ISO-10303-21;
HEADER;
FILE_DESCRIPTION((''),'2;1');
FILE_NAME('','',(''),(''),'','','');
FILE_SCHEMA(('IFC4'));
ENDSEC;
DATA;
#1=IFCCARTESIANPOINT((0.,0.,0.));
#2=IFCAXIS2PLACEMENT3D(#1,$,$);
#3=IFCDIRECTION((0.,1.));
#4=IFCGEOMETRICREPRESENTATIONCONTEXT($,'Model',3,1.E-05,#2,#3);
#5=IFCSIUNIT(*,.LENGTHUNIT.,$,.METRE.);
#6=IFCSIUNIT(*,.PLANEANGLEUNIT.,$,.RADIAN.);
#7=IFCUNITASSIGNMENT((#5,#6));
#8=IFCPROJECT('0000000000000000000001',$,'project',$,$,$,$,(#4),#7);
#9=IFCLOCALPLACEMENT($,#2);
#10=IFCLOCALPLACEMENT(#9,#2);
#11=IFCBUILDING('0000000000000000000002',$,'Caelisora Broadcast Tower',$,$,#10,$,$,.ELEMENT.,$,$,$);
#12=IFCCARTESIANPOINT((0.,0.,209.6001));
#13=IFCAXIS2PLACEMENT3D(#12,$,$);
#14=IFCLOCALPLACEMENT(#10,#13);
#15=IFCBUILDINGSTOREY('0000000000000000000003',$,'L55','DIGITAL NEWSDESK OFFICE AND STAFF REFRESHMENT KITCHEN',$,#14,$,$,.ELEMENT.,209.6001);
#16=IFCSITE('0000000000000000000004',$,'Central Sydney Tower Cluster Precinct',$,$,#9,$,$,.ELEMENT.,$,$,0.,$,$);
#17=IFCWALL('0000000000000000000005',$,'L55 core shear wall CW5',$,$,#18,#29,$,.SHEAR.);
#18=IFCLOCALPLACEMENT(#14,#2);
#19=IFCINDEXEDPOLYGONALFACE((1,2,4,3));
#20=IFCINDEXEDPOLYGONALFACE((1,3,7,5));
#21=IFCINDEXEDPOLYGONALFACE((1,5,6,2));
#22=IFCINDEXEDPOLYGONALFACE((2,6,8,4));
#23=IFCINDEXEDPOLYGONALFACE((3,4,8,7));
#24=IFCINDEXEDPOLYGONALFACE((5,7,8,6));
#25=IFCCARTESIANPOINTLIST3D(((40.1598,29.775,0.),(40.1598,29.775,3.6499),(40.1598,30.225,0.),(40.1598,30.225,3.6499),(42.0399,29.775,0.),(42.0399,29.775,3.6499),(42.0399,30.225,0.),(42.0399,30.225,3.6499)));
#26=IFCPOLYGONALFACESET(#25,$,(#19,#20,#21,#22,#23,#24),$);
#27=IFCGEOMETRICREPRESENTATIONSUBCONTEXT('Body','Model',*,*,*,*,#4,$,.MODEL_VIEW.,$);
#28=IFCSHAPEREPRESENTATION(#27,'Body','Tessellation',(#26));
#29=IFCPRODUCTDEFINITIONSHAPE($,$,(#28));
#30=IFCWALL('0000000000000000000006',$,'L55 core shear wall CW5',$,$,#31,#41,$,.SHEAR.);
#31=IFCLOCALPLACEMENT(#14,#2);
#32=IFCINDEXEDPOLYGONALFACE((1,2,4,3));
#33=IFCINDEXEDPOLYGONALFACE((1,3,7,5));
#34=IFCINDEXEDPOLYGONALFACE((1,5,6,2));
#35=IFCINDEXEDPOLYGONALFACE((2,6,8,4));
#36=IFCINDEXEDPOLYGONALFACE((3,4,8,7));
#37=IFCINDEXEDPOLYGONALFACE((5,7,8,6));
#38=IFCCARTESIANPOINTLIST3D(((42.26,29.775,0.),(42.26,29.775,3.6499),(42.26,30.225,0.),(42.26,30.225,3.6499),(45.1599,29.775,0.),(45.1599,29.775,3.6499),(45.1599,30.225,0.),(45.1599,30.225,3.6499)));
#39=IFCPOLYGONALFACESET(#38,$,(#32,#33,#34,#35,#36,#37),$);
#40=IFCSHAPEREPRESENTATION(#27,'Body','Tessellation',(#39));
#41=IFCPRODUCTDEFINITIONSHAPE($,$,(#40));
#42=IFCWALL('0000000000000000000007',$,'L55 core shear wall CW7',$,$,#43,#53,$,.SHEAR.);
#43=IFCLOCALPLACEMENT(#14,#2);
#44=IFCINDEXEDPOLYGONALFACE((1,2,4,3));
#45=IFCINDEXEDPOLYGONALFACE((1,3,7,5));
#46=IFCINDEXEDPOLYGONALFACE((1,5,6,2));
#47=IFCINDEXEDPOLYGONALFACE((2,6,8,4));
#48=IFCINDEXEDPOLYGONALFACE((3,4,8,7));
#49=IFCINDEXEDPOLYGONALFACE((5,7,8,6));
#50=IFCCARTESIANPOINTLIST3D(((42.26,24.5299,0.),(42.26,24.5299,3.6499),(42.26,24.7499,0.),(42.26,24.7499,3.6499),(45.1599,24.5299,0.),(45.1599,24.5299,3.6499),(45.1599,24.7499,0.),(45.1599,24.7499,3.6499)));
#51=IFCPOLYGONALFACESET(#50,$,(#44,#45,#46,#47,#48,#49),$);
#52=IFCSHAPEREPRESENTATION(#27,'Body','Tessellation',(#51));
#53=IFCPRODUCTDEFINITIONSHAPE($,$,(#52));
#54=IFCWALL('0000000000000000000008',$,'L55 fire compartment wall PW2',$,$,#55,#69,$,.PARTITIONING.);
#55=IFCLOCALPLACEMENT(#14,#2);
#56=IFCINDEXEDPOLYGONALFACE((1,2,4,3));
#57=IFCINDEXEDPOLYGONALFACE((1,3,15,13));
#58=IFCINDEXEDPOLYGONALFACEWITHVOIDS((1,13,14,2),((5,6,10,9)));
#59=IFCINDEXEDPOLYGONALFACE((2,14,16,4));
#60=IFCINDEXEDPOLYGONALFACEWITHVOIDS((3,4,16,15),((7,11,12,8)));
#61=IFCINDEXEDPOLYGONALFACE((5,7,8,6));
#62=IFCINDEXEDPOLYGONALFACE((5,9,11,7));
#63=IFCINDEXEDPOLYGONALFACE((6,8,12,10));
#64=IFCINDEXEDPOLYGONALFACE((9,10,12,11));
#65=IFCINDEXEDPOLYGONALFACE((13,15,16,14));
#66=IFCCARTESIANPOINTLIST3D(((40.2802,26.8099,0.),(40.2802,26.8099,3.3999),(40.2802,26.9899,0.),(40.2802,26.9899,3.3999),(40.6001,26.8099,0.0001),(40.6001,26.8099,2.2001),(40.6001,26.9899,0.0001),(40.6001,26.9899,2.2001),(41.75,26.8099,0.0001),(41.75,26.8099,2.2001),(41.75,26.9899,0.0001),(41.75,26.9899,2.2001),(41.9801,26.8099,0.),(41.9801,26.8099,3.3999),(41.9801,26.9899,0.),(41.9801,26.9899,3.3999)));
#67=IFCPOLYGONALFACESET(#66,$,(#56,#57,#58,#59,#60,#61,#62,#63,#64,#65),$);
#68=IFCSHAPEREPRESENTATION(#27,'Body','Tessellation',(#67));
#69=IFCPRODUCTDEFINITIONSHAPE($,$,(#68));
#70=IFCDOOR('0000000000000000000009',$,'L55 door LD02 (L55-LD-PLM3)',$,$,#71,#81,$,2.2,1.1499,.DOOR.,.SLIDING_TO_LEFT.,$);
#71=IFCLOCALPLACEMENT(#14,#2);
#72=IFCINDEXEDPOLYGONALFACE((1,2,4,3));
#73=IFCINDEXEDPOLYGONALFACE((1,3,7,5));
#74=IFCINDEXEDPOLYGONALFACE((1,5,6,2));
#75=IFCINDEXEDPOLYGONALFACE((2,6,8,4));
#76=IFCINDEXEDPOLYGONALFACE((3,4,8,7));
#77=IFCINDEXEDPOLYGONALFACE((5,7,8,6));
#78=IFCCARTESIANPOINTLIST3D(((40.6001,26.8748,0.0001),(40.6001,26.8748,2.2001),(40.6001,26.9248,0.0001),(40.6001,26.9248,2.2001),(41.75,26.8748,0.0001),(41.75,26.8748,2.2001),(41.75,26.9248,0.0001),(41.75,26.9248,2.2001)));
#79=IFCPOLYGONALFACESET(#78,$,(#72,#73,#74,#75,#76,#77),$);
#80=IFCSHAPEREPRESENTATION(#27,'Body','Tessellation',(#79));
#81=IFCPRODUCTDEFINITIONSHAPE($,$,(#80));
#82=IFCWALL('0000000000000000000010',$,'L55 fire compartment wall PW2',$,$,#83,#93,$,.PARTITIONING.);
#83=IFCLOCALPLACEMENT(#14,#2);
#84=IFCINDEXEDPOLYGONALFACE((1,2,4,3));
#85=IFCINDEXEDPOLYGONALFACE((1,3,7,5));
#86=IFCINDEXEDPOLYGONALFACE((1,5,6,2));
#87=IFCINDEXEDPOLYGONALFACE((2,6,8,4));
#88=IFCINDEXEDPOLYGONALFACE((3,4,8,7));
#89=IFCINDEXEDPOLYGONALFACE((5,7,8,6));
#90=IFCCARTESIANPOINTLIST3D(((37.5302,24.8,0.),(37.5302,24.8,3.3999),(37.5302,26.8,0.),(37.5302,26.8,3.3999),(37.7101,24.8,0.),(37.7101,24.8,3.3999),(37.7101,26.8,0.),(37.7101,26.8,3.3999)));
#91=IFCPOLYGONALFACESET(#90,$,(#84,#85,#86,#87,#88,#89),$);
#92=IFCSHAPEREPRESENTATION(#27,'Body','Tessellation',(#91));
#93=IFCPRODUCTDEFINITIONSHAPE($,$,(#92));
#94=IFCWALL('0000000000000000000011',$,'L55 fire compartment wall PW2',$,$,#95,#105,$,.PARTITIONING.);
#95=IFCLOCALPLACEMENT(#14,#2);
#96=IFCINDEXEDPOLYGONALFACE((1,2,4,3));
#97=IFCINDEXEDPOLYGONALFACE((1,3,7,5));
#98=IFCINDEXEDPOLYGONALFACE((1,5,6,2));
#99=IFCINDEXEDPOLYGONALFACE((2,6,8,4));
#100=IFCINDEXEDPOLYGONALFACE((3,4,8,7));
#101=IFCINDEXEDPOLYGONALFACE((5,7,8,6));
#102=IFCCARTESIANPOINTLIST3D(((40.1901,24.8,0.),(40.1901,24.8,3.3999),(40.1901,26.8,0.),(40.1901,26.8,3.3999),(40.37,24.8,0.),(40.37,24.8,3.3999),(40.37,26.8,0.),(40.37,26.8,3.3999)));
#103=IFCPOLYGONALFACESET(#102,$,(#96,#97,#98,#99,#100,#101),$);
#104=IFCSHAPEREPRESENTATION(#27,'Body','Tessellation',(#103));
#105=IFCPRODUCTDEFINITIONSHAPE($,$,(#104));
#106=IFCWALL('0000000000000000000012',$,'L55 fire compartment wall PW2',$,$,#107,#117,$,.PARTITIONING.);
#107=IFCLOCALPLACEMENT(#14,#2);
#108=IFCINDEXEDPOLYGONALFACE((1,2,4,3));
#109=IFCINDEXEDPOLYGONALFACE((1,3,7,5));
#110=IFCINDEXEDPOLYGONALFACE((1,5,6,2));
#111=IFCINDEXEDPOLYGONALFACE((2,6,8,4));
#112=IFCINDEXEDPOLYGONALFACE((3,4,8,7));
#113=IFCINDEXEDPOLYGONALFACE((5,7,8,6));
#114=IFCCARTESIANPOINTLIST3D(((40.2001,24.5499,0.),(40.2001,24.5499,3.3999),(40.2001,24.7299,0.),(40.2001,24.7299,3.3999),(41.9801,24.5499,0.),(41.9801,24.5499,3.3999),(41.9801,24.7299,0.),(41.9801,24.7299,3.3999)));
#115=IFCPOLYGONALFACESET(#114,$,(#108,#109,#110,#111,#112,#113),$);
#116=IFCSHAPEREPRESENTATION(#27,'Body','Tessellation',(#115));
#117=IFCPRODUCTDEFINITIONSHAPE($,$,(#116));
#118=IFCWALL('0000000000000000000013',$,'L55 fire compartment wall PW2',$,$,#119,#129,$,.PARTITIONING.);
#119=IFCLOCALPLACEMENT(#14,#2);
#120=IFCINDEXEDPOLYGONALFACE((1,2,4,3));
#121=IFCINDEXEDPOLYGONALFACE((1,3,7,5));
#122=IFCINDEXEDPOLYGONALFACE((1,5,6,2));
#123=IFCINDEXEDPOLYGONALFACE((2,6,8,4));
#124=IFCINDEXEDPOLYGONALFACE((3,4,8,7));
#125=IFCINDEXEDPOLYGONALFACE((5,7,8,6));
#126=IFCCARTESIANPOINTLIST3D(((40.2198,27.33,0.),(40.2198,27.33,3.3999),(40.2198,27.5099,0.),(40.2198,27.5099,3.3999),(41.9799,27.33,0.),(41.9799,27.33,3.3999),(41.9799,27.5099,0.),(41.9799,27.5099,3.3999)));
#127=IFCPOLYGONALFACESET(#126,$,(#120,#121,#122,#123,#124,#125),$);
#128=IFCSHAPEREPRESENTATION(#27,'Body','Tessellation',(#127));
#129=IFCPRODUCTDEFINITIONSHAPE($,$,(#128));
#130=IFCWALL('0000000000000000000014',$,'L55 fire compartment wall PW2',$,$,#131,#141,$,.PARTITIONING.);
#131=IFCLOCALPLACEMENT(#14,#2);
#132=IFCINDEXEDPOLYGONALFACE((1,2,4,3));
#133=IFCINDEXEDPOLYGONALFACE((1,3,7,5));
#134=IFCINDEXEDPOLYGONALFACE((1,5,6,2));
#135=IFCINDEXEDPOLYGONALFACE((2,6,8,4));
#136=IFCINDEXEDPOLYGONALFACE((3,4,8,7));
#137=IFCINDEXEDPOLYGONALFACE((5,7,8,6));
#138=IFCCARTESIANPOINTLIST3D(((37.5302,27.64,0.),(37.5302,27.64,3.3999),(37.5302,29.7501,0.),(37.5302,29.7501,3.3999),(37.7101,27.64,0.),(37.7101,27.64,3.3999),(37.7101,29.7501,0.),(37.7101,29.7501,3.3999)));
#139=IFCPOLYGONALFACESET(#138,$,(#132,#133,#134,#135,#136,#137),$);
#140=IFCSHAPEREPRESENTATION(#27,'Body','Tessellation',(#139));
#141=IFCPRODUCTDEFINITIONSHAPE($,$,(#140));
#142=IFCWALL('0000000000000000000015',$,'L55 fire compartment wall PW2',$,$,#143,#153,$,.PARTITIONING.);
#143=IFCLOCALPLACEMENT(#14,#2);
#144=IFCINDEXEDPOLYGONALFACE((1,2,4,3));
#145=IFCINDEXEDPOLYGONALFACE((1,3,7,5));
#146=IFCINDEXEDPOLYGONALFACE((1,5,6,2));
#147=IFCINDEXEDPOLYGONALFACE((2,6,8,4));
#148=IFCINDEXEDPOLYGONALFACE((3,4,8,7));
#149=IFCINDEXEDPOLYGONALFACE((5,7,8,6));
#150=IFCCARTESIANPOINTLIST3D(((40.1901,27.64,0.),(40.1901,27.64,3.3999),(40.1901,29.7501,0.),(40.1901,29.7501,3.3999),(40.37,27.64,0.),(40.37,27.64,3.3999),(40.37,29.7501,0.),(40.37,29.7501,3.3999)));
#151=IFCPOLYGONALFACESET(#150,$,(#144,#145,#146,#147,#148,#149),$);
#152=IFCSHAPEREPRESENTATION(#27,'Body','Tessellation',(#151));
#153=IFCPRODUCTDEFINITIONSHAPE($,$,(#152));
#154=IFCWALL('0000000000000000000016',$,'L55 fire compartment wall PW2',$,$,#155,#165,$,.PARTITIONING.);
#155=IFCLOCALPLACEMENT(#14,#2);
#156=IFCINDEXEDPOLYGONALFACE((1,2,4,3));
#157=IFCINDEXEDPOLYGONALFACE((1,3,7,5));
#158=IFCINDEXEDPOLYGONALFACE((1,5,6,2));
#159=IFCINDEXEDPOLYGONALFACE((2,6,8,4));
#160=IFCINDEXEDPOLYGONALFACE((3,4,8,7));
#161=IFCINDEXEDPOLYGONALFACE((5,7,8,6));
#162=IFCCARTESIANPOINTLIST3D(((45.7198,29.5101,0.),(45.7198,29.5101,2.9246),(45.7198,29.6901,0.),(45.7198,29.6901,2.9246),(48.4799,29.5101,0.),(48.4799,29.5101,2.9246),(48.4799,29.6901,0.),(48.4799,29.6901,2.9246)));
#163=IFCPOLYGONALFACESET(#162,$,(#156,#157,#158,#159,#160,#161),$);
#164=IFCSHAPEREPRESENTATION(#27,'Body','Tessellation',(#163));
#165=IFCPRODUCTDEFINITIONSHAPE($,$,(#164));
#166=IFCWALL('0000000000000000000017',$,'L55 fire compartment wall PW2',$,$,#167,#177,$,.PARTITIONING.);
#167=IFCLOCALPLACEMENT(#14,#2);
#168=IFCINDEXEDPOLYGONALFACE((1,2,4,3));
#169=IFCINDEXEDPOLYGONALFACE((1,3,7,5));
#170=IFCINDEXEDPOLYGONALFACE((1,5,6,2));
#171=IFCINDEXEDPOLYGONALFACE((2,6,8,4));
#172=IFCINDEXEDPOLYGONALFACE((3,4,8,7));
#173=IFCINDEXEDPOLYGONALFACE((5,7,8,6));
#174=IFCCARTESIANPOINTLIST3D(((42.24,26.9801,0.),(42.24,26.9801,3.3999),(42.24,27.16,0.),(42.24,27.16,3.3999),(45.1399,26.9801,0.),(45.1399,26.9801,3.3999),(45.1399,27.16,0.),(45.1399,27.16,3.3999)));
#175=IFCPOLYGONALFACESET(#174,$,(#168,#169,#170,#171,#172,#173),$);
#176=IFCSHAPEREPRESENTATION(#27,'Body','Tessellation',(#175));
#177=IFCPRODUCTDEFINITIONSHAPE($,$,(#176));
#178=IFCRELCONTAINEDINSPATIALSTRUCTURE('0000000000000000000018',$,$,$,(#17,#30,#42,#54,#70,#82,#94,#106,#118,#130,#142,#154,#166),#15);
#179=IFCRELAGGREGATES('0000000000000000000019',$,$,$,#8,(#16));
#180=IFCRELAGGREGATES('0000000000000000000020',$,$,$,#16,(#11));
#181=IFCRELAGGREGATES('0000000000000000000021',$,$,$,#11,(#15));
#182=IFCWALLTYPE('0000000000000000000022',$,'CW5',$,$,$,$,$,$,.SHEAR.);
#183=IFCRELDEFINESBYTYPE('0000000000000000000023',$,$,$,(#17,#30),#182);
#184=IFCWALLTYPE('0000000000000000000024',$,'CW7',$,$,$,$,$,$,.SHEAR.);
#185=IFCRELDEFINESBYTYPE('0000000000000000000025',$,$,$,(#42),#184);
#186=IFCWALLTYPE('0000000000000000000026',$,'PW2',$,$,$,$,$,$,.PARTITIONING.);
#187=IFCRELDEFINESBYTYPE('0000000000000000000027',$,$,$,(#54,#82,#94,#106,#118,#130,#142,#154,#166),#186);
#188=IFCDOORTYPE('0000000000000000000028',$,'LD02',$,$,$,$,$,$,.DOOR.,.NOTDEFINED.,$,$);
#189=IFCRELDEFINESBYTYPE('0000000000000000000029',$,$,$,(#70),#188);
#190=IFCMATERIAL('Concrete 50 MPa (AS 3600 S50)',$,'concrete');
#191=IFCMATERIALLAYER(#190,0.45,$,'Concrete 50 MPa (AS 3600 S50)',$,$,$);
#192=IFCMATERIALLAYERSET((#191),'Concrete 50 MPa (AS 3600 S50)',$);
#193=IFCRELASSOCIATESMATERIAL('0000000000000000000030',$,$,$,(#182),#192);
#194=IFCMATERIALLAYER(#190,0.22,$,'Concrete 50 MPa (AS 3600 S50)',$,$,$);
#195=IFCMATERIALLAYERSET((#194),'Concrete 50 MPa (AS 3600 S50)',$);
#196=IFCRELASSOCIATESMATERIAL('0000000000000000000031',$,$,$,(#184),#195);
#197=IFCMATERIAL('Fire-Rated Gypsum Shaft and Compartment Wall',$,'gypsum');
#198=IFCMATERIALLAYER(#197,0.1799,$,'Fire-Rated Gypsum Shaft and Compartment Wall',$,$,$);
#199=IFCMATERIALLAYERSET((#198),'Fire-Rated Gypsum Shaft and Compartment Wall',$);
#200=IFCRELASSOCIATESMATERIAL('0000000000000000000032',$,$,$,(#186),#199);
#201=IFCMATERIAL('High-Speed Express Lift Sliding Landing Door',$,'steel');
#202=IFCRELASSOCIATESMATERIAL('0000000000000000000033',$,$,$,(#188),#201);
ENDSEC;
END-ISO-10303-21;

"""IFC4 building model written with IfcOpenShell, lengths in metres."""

from ifc_helpers import new_model, si_unit, direction, frame, frame_2d, origin, place, context, subcontext, project, spatial, rectangle, extrude, material, layer, layer_set, type_object, element, fill, save


model = new_model("IFC4")

# Units and contexts
model_context = context("Model", 3, precision=1e-05, world=origin(), true_north=direction((0.0, 1.0)))
body_context = subcontext(model_context, "Body", "Model", "MODEL_VIEW")
ifc_project = project(units=[si_unit("LENGTHUNIT", "METRE"), si_unit("PLANEANGLEUNIT", "RADIAN")], contexts=[model_context])

# Site, building, storey
site_placement = place(None, origin())
site = spatial("IfcSite", under=ifc_project, at=site_placement, Name="Central Sydney Tower Cluster Precinct", CompositionType="ELEMENT", RefElevation=0.0)
building_placement = place(site_placement, origin())
building = spatial("IfcBuilding", under=site, at=building_placement, Name="Caelisora Broadcast Tower", CompositionType="ELEMENT")
storey_placement = place(building_placement, frame((0.0, 0.0, 209.6001)))
storey = spatial("IfcBuildingStorey", under=building, at=storey_placement, Name="L55", Description="DIGITAL NEWSDESK OFFICE AND STAFF REFRESHMENT KITCHEN", CompositionType="ELEMENT", Elevation=209.6001)

# Shared definitions
ifc_material_1 = material(Name="Concrete 50 MPa (AS 3600 S50)", Category="concrete")

# Walls
ifc_layer_1 = layer(ifc_material_1, 0.45, Name="Concrete 50 MPa (AS 3600 S50)")
ifc_layer_set_1 = layer_set([ifc_layer_1], Name="Concrete 50 MPa (AS 3600 S50)")
wall_type_1 = type_object("IfcWallType", Name="CW5", PredefinedType="SHEAR", material=ifc_layer_set_1)
wall_1_placement = place(storey_placement, frame((40.1599, 30.0, 0.0), z_axis=(0.0, 0.0, 1.0), x_axis=(1.0, 0.0, 0.0)))
element("IfcWall", 1, at=wall_1_placement, inside=storey, type_object=wall_type_1, Name="L55 core shear wall CW5", PredefinedType="SHEAR", context=body_context, shape_type="SweptSolid", body=[
    extrude(rectangle(XDim=1.8801, YDim=0.45, at=frame_2d((0.9399, 0.0))), origin(), (0.0, 0.0, 1.0), 3.6499),
])
wall_2_placement = place(storey_placement, frame((42.26, 30.0, 0.0), z_axis=(0.0, 0.0, 1.0), x_axis=(1.0, 0.0, 0.0)))
element("IfcWall", 2, at=wall_2_placement, inside=storey, type_object=wall_type_1, Name="L55 core shear wall CW5", PredefinedType="SHEAR", context=body_context, shape_type="SweptSolid", body=[
    extrude(rectangle(XDim=2.8999, YDim=0.45, at=frame_2d((1.45, 0.0))), origin(), (0.0, 0.0, 1.0), 3.6499),
])
ifc_layer_2 = layer(ifc_material_1, 0.22, Name="Concrete 50 MPa (AS 3600 S50)")
ifc_layer_set_2 = layer_set([ifc_layer_2], Name="Concrete 50 MPa (AS 3600 S50)")
wall_type_2 = type_object("IfcWallType", Name="CW7", PredefinedType="SHEAR", material=ifc_layer_set_2)
wall_3_placement = place(storey_placement, frame((42.26, 24.6399, 0.0), z_axis=(0.0, 0.0, 1.0), x_axis=(1.0, 0.0, 0.0)))
element("IfcWall", 3, at=wall_3_placement, inside=storey, type_object=wall_type_2, Name="L55 core shear wall CW7", PredefinedType="SHEAR", context=body_context, shape_type="SweptSolid", body=[
    extrude(rectangle(XDim=2.8999, YDim=0.22, at=frame_2d((1.45, 0.0))), origin(), (0.0, 0.0, 1.0), 3.6499),
])

# Wall, opening, door
ifc_material_2 = material(Name="Fire-Rated Gypsum Shaft and Compartment Wall", Category="gypsum")
ifc_layer_3 = layer(ifc_material_2, 0.1799, Name="Fire-Rated Gypsum Shaft and Compartment Wall")
ifc_layer_set_3 = layer_set([ifc_layer_3], Name="Fire-Rated Gypsum Shaft and Compartment Wall")
wall_type_3 = type_object("IfcWallType", Name="PW2", PredefinedType="PARTITIONING", material=ifc_layer_set_3)
wall_4_placement = place(storey_placement, frame((40.28, 26.8999, 0.0), z_axis=(0.0, 0.0, 1.0), x_axis=(1.0, 0.0, 0.0)))
wall_4 = element("IfcWall", 4, at=wall_4_placement, inside=storey, type_object=wall_type_3, Name="L55 fire compartment wall PW2", PredefinedType="PARTITIONING", context=body_context, shape_type="SweptSolid", body=[
    extrude(rectangle(XDim=1.7, YDim=0.1799, at=frame_2d((0.8501, 0.0))), origin(), (0.0, 0.0, 1.0), 3.3999),
])
opening_placement = place(wall_4_placement, frame((0.3201, 0.0, 0.0)))
opening = element("IfcOpeningElement", 5, at=opening_placement, cuts=wall_4, PredefinedType="OPENING", context=body_context, shape_type="SweptSolid", body=[
    extrude(rectangle(XDim=1.1499, YDim=2.2, at=frame_2d((0.575, 1.1001))), frame((0.0, 0.1021, 0.0), z_axis=(0.0, -1.0, 0.0), x_axis=(1.0, 0.0, 0.0)), (0.0, 0.0, 1.0), 0.2039),
])
ifc_material_3 = material(Name="High-Speed Express Lift Sliding Landing Door", Category="steel")
door_type = type_object("IfcDoorType", Name="LD02", OperationType="NOTDEFINED", PredefinedType="DOOR", material=ifc_material_3)
door_placement = place(opening_placement, origin())
door = element("IfcDoor", 6, at=door_placement, inside=storey, type_object=door_type, Name="L55 door LD02 (L55-LD-PLM3)", OperationType="SLIDING_TO_LEFT", OverallHeight=2.2, OverallWidth=1.1499, PredefinedType="DOOR", context=body_context, shape_type="SweptSolid", body=[
    extrude(rectangle(XDim=1.1499, YDim=2.2, at=frame_2d((0.575, 1.1001))), frame((0.0, 0.0249, 0.0), z_axis=(0.0, -1.0, 0.0), x_axis=(1.0, 0.0, 0.0)), (0.0, 0.0, 1.0), 0.05),
])
fill(opening, door)

# Walls
for number, where, z_axis, x_axis, name in (
    (7, (37.6201, 24.8, 0.0), (0.0, 0.0, 1.0), (0.0, 1.0, 0.0), "L55 fire compartment wall PW2"),
    (8, (40.28, 24.8, 0.0), (0.0, 0.0, 1.0), (0.0, 1.0, 0.0), "L55 fire compartment wall PW2"),
):
    element("IfcWall", number, at=place(storey_placement, frame(where, z_axis=z_axis, x_axis=x_axis)), inside=storey, type_object=wall_type_3, Name=name, PredefinedType="PARTITIONING", context=body_context, shape_type="SweptSolid", body=[
        extrude(rectangle(XDim=2.0, YDim=0.1799, at=frame_2d((1.0, 0.0))), origin(), (0.0, 0.0, 1.0), 3.3999),
    ])
wall_5_placement = place(storey_placement, frame((40.2, 24.6399, 0.0), z_axis=(0.0, 0.0, 1.0), x_axis=(1.0, 0.0, 0.0)))
element("IfcWall", 9, at=wall_5_placement, inside=storey, type_object=wall_type_3, Name="L55 fire compartment wall PW2", PredefinedType="PARTITIONING", context=body_context, shape_type="SweptSolid", body=[
    extrude(rectangle(XDim=1.78, YDim=0.1799, at=frame_2d((0.8901, 0.0))), origin(), (0.0, 0.0, 1.0), 3.3999),
])
wall_6_placement = place(storey_placement, frame((40.22, 27.4199, 0.0), z_axis=(0.0, 0.0, 1.0), x_axis=(1.0, 0.0, 0.0)))
element("IfcWall", 10, at=wall_6_placement, inside=storey, type_object=wall_type_3, Name="L55 fire compartment wall PW2", PredefinedType="PARTITIONING", context=body_context, shape_type="SweptSolid", body=[
    extrude(rectangle(XDim=1.76, YDim=0.1799, at=frame_2d((0.8799, 0.0))), origin(), (0.0, 0.0, 1.0), 3.3999),
])
for number, where, z_axis, x_axis, name in (
    (11, (37.6201, 27.6399, 0.0), (0.0, 0.0, 1.0), (0.0, 1.0, 0.0), "L55 fire compartment wall PW2"),
    (12, (40.28, 27.6399, 0.0), (0.0, 0.0, 1.0), (0.0, 1.0, 0.0), "L55 fire compartment wall PW2"),
):
    element("IfcWall", number, at=place(storey_placement, frame(where, z_axis=z_axis, x_axis=x_axis)), inside=storey, type_object=wall_type_3, Name=name, PredefinedType="PARTITIONING", context=body_context, shape_type="SweptSolid", body=[
        extrude(rectangle(XDim=2.1101, YDim=0.1799, at=frame_2d((1.0552, 0.0))), origin(), (0.0, 0.0, 1.0), 3.3999),
    ])
wall_7_placement = place(storey_placement, frame((45.72, 29.6001, 0.0), z_axis=(0.0, 0.0, 1.0), x_axis=(1.0, 0.0, 0.0)))
element("IfcWall", 13, at=wall_7_placement, inside=storey, type_object=wall_type_3, Name="L55 fire compartment wall PW2", PredefinedType="PARTITIONING", context=body_context, shape_type="SweptSolid", body=[
    extrude(rectangle(XDim=2.76, YDim=0.1799, at=frame_2d((1.3799, 0.0))), origin(), (0.0, 0.0, 1.0), 2.9246),
])
wall_8_placement = place(storey_placement, frame((42.24, 27.0701, 0.0), z_axis=(0.0, 0.0, 1.0), x_axis=(1.0, 0.0, 0.0)))
element("IfcWall", 14, at=wall_8_placement, inside=storey, type_object=wall_type_3, Name="L55 fire compartment wall PW2", PredefinedType="PARTITIONING", context=body_context, shape_type="SweptSolid", body=[
    extrude(rectangle(XDim=2.8999, YDim=0.1799, at=frame_2d((1.45, 0.0))), origin(), (0.0, 0.0, 1.0), 3.3999),
])

save(model, "model.ifc")
